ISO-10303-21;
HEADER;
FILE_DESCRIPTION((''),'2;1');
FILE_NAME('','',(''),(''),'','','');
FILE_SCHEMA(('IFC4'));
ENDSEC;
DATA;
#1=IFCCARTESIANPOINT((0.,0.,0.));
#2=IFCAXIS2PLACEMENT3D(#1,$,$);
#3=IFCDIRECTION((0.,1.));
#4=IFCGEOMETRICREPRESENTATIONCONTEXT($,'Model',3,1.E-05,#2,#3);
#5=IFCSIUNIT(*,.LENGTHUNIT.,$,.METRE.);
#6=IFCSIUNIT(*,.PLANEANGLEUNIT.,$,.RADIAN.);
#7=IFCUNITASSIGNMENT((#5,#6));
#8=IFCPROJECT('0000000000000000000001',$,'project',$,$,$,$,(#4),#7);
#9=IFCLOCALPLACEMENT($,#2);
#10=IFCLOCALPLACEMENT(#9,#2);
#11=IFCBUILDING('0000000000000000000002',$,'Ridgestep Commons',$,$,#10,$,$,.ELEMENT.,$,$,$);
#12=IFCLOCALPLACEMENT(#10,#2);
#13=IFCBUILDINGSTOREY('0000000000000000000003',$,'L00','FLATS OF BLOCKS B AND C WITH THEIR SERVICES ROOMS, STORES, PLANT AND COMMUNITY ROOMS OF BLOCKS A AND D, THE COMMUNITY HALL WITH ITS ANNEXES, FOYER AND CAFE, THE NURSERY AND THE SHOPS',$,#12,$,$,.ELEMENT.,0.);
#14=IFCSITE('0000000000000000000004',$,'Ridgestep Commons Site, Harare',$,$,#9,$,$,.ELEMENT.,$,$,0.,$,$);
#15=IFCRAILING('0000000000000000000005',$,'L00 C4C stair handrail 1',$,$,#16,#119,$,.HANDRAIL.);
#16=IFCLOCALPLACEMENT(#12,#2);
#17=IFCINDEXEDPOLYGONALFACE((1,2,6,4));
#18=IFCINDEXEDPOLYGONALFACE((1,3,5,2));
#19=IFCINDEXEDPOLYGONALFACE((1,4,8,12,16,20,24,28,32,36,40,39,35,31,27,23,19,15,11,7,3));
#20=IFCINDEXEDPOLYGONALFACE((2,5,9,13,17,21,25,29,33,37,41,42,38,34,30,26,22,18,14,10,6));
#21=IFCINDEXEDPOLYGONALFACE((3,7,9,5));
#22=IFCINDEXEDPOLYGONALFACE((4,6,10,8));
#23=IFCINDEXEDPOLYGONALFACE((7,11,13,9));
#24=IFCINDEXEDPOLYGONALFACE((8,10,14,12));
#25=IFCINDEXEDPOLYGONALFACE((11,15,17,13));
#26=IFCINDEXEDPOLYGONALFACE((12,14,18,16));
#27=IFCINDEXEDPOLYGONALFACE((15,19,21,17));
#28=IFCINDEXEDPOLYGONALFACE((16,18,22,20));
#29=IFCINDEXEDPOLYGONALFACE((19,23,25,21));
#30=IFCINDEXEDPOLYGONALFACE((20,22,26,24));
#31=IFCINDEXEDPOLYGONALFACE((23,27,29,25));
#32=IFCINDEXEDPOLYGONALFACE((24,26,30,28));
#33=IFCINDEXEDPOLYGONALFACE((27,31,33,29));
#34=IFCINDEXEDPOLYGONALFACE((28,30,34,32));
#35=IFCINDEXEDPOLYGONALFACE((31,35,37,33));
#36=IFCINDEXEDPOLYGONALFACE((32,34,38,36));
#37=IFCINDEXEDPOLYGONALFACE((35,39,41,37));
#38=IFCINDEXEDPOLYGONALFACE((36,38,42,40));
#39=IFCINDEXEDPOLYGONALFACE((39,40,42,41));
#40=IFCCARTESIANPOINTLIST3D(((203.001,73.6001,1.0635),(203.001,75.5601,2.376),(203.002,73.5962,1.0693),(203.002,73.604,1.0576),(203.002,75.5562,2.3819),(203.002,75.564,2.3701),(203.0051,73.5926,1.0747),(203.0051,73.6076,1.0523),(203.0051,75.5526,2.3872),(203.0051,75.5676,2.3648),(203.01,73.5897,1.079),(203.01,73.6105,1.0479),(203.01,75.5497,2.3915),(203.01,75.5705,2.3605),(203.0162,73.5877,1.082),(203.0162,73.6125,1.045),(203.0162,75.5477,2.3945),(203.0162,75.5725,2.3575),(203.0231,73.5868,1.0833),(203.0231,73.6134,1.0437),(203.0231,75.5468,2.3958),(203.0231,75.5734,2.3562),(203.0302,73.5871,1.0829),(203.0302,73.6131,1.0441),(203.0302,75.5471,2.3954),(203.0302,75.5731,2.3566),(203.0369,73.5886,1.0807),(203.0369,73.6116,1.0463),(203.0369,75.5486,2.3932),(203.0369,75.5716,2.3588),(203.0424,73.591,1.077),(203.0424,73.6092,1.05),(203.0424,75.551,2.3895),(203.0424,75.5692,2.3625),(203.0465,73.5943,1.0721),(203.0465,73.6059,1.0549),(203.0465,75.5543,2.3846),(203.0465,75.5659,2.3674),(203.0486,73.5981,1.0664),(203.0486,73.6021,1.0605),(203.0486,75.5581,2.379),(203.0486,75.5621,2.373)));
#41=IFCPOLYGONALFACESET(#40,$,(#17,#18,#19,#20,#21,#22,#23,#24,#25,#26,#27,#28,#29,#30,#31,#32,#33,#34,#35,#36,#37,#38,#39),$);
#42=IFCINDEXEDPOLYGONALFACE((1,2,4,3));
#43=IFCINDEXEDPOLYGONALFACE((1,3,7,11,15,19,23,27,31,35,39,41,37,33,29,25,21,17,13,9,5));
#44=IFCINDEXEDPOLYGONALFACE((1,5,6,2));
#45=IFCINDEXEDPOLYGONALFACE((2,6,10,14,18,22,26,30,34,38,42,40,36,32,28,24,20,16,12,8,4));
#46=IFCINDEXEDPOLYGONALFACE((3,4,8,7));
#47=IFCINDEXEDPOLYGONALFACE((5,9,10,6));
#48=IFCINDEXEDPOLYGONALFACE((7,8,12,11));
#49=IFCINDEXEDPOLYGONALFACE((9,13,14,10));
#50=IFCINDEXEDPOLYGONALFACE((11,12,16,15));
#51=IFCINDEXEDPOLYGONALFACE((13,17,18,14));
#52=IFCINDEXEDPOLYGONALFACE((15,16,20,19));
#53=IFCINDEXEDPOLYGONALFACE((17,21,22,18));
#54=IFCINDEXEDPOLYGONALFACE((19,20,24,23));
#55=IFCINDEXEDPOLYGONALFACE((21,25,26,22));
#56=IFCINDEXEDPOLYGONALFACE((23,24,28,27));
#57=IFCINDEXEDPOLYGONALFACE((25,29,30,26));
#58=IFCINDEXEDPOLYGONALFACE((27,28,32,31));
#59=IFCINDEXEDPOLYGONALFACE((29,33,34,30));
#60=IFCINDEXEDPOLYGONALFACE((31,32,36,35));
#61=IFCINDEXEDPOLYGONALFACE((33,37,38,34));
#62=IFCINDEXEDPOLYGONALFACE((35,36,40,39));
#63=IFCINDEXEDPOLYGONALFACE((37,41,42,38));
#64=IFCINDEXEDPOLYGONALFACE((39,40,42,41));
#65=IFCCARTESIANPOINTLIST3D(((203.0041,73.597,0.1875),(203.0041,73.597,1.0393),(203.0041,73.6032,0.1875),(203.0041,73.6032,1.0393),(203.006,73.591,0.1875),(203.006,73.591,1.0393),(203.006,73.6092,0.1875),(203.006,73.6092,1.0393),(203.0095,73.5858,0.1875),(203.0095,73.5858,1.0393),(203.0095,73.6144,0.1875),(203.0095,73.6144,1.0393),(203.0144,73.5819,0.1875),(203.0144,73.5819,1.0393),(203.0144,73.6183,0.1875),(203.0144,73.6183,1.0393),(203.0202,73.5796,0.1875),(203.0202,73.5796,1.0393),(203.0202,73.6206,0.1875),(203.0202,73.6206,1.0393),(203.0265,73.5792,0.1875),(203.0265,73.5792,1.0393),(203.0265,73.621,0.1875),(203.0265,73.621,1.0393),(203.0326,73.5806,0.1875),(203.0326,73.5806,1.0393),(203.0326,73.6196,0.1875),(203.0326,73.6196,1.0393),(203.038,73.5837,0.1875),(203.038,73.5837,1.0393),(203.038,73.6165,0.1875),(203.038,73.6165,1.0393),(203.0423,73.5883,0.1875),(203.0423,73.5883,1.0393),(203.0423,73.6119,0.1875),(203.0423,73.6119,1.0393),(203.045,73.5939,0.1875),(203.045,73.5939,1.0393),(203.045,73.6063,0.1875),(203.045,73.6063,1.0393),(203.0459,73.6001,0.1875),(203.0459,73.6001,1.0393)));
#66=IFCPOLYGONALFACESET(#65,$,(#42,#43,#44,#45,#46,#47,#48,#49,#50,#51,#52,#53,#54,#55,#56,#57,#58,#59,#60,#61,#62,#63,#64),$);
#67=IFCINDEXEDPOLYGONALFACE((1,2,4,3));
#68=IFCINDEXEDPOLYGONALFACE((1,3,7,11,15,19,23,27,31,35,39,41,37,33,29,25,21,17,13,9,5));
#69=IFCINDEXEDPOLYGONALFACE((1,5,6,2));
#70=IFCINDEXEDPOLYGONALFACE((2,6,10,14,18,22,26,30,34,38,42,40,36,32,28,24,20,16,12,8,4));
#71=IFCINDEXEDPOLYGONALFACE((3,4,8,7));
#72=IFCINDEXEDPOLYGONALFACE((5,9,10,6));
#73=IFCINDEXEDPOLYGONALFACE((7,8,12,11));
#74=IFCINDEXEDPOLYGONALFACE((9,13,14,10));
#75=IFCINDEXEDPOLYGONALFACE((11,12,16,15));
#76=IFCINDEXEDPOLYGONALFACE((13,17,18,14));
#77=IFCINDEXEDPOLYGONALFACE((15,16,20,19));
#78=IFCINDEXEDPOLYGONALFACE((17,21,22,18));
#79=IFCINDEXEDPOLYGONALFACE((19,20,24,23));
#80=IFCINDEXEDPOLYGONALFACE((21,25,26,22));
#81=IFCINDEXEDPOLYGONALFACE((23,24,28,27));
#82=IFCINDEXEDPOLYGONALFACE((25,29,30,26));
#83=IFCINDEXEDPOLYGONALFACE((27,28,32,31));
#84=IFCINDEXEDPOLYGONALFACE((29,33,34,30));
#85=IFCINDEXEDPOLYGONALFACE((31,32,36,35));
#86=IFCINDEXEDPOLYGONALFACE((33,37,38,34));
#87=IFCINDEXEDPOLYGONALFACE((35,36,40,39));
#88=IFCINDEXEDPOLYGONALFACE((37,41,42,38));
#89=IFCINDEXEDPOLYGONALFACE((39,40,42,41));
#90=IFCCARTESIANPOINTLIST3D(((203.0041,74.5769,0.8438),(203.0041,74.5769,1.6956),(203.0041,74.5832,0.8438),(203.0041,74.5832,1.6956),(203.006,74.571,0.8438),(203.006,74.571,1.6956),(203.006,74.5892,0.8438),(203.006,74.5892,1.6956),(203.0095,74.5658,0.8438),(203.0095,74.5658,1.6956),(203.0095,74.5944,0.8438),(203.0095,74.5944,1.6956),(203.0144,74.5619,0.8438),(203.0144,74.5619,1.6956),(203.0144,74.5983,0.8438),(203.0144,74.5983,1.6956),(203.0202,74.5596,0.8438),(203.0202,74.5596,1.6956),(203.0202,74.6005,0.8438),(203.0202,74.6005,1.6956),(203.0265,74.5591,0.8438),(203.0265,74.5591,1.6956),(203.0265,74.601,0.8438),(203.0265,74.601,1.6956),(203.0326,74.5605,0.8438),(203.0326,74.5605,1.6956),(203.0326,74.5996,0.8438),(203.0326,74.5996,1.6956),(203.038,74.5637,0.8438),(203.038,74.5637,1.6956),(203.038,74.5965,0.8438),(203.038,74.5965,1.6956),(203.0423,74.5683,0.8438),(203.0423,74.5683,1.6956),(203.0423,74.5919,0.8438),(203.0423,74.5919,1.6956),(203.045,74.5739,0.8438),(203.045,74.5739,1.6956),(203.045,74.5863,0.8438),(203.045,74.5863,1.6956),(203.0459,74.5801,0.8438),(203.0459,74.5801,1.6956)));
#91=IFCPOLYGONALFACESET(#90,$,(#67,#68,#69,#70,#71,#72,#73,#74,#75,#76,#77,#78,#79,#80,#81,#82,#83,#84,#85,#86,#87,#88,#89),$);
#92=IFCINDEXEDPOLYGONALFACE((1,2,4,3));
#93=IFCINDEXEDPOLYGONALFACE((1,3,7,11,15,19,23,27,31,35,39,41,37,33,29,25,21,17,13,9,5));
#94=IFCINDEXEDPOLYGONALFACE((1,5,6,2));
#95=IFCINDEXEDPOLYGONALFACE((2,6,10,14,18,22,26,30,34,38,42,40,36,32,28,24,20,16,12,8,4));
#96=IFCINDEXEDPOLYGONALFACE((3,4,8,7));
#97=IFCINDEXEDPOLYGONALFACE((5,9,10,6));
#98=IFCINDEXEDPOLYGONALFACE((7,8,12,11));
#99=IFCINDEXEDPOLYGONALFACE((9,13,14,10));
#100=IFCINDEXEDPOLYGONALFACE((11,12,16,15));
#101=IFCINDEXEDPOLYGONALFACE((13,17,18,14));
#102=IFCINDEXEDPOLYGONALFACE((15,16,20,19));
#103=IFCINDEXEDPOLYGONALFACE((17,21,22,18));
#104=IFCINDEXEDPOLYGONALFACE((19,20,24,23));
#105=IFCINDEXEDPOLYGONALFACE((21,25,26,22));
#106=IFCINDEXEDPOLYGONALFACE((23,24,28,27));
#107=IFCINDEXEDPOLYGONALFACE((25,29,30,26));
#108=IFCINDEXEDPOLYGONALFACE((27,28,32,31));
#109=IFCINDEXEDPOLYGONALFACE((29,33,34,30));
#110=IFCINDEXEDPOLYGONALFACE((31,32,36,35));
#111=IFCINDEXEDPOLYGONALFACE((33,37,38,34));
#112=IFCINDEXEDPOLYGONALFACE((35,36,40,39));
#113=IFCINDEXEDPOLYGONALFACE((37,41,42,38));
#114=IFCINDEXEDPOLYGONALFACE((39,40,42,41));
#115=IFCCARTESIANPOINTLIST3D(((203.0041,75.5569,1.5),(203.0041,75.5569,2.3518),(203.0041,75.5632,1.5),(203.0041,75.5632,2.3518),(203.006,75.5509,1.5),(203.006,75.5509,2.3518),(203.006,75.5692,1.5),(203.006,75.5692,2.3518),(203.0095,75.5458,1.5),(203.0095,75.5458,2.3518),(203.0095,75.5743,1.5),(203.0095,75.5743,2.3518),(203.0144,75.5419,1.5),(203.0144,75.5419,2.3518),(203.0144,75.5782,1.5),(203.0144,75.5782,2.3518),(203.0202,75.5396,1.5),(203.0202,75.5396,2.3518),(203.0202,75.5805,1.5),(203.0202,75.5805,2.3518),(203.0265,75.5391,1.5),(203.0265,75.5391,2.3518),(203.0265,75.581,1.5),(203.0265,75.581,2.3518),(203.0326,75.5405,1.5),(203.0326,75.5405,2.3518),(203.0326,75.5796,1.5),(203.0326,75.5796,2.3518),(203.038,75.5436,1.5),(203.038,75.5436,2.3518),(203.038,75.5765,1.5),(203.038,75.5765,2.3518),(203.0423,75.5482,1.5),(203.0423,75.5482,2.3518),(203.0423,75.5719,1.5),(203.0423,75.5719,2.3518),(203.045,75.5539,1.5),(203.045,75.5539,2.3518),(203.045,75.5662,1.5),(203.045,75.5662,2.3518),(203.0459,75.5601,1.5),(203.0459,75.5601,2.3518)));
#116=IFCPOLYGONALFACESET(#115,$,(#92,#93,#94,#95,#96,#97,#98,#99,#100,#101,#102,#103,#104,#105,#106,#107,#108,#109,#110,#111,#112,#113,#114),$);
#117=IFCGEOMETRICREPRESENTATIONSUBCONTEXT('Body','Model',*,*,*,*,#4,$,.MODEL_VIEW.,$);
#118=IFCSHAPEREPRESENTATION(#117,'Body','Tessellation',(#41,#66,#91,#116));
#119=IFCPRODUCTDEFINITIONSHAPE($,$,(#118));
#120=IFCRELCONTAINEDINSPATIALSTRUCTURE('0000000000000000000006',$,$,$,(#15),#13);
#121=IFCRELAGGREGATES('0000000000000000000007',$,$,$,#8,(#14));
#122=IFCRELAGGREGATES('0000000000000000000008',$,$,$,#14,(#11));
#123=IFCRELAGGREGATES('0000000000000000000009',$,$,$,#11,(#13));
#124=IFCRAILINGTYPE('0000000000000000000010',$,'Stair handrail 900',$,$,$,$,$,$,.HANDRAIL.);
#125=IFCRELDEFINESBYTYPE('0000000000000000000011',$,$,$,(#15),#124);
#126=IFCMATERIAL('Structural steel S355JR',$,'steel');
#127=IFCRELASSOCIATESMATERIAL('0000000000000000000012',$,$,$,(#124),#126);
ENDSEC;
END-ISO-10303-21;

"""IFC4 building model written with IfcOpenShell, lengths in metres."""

from ifc_helpers import new_model, si_unit, direction, frame, origin, origin_2d, place, context, subcontext, project, spatial, circle, extrude, material, type_object, element, save


model = new_model("IFC4")

# Units and contexts
model_context = context("Model", 3, precision=1e-05, world=origin(), true_north=direction((0.0, 1.0)))
body_context = subcontext(model_context, "Body", "Model", "MODEL_VIEW")
ifc_project = project(units=[si_unit("LENGTHUNIT", "METRE"), si_unit("PLANEANGLEUNIT", "RADIAN")], contexts=[model_context])

# Site, building, storey
site_placement = place(None, origin())
site = spatial("IfcSite", under=ifc_project, at=site_placement, Name="Ridgestep Commons Site, Harare", CompositionType="ELEMENT", RefElevation=0.0)
building_placement = place(site_placement, origin())
building = spatial("IfcBuilding", under=site, at=building_placement, Name="Ridgestep Commons", CompositionType="ELEMENT")
storey_placement = place(building_placement, origin())
storey = spatial("IfcBuildingStorey", under=building, at=storey_placement, Name="L00", Description="FLATS OF BLOCKS B AND C WITH THEIR SERVICES ROOMS, STORES, PLANT AND COMMUNITY ROOMS OF BLOCKS A AND D, THE COMMUNITY HALL WITH ITS ANNEXES, FOYER AND CAFE, THE NURSERY AND THE SHOPS", CompositionType="ELEMENT", Elevation=0.0)

# Railing
ifc_material_1 = material(Name="Structural steel S355JR", Category="steel")
railing_type_1 = type_object("IfcRailingType", Name="Stair handrail 900", PredefinedType="HANDRAIL", material=ifc_material_1)
railing_1_placement = place(storey_placement, frame((203.0249, 73.6001, 0.1875)))
element("IfcRailing", 1, at=railing_1_placement, inside=storey, type_object=railing_type_1, Name="L00 C4C stair handrail 1", PredefinedType="HANDRAIL", context=body_context, shape_type="SweptSolid", body=[
    extrude(circle(Radius=0.0239, at=origin_2d()), frame((0.0, 0.0, 0.876), z_axis=(0.0, 0.830902, 0.556419), x_axis=(-1.0, 0.0, 0.0)), (0.0, 0.0, 1.0), 2.3589),
    extrude(circle(Radius=0.021, at=origin_2d()), origin(), (0.0, 0.0, 1.0), 0.8518),
    extrude(circle(Radius=0.021, at=origin_2d()), frame((0.0, 0.98, 0.6562)), (0.0, 0.0, 1.0), 0.8518),
    extrude(circle(Radius=0.021, at=origin_2d()), frame((0.0, 1.96, 1.3125)), (0.0, 0.0, 1.0), 0.8518),
])

save(model, "model.ifc")
